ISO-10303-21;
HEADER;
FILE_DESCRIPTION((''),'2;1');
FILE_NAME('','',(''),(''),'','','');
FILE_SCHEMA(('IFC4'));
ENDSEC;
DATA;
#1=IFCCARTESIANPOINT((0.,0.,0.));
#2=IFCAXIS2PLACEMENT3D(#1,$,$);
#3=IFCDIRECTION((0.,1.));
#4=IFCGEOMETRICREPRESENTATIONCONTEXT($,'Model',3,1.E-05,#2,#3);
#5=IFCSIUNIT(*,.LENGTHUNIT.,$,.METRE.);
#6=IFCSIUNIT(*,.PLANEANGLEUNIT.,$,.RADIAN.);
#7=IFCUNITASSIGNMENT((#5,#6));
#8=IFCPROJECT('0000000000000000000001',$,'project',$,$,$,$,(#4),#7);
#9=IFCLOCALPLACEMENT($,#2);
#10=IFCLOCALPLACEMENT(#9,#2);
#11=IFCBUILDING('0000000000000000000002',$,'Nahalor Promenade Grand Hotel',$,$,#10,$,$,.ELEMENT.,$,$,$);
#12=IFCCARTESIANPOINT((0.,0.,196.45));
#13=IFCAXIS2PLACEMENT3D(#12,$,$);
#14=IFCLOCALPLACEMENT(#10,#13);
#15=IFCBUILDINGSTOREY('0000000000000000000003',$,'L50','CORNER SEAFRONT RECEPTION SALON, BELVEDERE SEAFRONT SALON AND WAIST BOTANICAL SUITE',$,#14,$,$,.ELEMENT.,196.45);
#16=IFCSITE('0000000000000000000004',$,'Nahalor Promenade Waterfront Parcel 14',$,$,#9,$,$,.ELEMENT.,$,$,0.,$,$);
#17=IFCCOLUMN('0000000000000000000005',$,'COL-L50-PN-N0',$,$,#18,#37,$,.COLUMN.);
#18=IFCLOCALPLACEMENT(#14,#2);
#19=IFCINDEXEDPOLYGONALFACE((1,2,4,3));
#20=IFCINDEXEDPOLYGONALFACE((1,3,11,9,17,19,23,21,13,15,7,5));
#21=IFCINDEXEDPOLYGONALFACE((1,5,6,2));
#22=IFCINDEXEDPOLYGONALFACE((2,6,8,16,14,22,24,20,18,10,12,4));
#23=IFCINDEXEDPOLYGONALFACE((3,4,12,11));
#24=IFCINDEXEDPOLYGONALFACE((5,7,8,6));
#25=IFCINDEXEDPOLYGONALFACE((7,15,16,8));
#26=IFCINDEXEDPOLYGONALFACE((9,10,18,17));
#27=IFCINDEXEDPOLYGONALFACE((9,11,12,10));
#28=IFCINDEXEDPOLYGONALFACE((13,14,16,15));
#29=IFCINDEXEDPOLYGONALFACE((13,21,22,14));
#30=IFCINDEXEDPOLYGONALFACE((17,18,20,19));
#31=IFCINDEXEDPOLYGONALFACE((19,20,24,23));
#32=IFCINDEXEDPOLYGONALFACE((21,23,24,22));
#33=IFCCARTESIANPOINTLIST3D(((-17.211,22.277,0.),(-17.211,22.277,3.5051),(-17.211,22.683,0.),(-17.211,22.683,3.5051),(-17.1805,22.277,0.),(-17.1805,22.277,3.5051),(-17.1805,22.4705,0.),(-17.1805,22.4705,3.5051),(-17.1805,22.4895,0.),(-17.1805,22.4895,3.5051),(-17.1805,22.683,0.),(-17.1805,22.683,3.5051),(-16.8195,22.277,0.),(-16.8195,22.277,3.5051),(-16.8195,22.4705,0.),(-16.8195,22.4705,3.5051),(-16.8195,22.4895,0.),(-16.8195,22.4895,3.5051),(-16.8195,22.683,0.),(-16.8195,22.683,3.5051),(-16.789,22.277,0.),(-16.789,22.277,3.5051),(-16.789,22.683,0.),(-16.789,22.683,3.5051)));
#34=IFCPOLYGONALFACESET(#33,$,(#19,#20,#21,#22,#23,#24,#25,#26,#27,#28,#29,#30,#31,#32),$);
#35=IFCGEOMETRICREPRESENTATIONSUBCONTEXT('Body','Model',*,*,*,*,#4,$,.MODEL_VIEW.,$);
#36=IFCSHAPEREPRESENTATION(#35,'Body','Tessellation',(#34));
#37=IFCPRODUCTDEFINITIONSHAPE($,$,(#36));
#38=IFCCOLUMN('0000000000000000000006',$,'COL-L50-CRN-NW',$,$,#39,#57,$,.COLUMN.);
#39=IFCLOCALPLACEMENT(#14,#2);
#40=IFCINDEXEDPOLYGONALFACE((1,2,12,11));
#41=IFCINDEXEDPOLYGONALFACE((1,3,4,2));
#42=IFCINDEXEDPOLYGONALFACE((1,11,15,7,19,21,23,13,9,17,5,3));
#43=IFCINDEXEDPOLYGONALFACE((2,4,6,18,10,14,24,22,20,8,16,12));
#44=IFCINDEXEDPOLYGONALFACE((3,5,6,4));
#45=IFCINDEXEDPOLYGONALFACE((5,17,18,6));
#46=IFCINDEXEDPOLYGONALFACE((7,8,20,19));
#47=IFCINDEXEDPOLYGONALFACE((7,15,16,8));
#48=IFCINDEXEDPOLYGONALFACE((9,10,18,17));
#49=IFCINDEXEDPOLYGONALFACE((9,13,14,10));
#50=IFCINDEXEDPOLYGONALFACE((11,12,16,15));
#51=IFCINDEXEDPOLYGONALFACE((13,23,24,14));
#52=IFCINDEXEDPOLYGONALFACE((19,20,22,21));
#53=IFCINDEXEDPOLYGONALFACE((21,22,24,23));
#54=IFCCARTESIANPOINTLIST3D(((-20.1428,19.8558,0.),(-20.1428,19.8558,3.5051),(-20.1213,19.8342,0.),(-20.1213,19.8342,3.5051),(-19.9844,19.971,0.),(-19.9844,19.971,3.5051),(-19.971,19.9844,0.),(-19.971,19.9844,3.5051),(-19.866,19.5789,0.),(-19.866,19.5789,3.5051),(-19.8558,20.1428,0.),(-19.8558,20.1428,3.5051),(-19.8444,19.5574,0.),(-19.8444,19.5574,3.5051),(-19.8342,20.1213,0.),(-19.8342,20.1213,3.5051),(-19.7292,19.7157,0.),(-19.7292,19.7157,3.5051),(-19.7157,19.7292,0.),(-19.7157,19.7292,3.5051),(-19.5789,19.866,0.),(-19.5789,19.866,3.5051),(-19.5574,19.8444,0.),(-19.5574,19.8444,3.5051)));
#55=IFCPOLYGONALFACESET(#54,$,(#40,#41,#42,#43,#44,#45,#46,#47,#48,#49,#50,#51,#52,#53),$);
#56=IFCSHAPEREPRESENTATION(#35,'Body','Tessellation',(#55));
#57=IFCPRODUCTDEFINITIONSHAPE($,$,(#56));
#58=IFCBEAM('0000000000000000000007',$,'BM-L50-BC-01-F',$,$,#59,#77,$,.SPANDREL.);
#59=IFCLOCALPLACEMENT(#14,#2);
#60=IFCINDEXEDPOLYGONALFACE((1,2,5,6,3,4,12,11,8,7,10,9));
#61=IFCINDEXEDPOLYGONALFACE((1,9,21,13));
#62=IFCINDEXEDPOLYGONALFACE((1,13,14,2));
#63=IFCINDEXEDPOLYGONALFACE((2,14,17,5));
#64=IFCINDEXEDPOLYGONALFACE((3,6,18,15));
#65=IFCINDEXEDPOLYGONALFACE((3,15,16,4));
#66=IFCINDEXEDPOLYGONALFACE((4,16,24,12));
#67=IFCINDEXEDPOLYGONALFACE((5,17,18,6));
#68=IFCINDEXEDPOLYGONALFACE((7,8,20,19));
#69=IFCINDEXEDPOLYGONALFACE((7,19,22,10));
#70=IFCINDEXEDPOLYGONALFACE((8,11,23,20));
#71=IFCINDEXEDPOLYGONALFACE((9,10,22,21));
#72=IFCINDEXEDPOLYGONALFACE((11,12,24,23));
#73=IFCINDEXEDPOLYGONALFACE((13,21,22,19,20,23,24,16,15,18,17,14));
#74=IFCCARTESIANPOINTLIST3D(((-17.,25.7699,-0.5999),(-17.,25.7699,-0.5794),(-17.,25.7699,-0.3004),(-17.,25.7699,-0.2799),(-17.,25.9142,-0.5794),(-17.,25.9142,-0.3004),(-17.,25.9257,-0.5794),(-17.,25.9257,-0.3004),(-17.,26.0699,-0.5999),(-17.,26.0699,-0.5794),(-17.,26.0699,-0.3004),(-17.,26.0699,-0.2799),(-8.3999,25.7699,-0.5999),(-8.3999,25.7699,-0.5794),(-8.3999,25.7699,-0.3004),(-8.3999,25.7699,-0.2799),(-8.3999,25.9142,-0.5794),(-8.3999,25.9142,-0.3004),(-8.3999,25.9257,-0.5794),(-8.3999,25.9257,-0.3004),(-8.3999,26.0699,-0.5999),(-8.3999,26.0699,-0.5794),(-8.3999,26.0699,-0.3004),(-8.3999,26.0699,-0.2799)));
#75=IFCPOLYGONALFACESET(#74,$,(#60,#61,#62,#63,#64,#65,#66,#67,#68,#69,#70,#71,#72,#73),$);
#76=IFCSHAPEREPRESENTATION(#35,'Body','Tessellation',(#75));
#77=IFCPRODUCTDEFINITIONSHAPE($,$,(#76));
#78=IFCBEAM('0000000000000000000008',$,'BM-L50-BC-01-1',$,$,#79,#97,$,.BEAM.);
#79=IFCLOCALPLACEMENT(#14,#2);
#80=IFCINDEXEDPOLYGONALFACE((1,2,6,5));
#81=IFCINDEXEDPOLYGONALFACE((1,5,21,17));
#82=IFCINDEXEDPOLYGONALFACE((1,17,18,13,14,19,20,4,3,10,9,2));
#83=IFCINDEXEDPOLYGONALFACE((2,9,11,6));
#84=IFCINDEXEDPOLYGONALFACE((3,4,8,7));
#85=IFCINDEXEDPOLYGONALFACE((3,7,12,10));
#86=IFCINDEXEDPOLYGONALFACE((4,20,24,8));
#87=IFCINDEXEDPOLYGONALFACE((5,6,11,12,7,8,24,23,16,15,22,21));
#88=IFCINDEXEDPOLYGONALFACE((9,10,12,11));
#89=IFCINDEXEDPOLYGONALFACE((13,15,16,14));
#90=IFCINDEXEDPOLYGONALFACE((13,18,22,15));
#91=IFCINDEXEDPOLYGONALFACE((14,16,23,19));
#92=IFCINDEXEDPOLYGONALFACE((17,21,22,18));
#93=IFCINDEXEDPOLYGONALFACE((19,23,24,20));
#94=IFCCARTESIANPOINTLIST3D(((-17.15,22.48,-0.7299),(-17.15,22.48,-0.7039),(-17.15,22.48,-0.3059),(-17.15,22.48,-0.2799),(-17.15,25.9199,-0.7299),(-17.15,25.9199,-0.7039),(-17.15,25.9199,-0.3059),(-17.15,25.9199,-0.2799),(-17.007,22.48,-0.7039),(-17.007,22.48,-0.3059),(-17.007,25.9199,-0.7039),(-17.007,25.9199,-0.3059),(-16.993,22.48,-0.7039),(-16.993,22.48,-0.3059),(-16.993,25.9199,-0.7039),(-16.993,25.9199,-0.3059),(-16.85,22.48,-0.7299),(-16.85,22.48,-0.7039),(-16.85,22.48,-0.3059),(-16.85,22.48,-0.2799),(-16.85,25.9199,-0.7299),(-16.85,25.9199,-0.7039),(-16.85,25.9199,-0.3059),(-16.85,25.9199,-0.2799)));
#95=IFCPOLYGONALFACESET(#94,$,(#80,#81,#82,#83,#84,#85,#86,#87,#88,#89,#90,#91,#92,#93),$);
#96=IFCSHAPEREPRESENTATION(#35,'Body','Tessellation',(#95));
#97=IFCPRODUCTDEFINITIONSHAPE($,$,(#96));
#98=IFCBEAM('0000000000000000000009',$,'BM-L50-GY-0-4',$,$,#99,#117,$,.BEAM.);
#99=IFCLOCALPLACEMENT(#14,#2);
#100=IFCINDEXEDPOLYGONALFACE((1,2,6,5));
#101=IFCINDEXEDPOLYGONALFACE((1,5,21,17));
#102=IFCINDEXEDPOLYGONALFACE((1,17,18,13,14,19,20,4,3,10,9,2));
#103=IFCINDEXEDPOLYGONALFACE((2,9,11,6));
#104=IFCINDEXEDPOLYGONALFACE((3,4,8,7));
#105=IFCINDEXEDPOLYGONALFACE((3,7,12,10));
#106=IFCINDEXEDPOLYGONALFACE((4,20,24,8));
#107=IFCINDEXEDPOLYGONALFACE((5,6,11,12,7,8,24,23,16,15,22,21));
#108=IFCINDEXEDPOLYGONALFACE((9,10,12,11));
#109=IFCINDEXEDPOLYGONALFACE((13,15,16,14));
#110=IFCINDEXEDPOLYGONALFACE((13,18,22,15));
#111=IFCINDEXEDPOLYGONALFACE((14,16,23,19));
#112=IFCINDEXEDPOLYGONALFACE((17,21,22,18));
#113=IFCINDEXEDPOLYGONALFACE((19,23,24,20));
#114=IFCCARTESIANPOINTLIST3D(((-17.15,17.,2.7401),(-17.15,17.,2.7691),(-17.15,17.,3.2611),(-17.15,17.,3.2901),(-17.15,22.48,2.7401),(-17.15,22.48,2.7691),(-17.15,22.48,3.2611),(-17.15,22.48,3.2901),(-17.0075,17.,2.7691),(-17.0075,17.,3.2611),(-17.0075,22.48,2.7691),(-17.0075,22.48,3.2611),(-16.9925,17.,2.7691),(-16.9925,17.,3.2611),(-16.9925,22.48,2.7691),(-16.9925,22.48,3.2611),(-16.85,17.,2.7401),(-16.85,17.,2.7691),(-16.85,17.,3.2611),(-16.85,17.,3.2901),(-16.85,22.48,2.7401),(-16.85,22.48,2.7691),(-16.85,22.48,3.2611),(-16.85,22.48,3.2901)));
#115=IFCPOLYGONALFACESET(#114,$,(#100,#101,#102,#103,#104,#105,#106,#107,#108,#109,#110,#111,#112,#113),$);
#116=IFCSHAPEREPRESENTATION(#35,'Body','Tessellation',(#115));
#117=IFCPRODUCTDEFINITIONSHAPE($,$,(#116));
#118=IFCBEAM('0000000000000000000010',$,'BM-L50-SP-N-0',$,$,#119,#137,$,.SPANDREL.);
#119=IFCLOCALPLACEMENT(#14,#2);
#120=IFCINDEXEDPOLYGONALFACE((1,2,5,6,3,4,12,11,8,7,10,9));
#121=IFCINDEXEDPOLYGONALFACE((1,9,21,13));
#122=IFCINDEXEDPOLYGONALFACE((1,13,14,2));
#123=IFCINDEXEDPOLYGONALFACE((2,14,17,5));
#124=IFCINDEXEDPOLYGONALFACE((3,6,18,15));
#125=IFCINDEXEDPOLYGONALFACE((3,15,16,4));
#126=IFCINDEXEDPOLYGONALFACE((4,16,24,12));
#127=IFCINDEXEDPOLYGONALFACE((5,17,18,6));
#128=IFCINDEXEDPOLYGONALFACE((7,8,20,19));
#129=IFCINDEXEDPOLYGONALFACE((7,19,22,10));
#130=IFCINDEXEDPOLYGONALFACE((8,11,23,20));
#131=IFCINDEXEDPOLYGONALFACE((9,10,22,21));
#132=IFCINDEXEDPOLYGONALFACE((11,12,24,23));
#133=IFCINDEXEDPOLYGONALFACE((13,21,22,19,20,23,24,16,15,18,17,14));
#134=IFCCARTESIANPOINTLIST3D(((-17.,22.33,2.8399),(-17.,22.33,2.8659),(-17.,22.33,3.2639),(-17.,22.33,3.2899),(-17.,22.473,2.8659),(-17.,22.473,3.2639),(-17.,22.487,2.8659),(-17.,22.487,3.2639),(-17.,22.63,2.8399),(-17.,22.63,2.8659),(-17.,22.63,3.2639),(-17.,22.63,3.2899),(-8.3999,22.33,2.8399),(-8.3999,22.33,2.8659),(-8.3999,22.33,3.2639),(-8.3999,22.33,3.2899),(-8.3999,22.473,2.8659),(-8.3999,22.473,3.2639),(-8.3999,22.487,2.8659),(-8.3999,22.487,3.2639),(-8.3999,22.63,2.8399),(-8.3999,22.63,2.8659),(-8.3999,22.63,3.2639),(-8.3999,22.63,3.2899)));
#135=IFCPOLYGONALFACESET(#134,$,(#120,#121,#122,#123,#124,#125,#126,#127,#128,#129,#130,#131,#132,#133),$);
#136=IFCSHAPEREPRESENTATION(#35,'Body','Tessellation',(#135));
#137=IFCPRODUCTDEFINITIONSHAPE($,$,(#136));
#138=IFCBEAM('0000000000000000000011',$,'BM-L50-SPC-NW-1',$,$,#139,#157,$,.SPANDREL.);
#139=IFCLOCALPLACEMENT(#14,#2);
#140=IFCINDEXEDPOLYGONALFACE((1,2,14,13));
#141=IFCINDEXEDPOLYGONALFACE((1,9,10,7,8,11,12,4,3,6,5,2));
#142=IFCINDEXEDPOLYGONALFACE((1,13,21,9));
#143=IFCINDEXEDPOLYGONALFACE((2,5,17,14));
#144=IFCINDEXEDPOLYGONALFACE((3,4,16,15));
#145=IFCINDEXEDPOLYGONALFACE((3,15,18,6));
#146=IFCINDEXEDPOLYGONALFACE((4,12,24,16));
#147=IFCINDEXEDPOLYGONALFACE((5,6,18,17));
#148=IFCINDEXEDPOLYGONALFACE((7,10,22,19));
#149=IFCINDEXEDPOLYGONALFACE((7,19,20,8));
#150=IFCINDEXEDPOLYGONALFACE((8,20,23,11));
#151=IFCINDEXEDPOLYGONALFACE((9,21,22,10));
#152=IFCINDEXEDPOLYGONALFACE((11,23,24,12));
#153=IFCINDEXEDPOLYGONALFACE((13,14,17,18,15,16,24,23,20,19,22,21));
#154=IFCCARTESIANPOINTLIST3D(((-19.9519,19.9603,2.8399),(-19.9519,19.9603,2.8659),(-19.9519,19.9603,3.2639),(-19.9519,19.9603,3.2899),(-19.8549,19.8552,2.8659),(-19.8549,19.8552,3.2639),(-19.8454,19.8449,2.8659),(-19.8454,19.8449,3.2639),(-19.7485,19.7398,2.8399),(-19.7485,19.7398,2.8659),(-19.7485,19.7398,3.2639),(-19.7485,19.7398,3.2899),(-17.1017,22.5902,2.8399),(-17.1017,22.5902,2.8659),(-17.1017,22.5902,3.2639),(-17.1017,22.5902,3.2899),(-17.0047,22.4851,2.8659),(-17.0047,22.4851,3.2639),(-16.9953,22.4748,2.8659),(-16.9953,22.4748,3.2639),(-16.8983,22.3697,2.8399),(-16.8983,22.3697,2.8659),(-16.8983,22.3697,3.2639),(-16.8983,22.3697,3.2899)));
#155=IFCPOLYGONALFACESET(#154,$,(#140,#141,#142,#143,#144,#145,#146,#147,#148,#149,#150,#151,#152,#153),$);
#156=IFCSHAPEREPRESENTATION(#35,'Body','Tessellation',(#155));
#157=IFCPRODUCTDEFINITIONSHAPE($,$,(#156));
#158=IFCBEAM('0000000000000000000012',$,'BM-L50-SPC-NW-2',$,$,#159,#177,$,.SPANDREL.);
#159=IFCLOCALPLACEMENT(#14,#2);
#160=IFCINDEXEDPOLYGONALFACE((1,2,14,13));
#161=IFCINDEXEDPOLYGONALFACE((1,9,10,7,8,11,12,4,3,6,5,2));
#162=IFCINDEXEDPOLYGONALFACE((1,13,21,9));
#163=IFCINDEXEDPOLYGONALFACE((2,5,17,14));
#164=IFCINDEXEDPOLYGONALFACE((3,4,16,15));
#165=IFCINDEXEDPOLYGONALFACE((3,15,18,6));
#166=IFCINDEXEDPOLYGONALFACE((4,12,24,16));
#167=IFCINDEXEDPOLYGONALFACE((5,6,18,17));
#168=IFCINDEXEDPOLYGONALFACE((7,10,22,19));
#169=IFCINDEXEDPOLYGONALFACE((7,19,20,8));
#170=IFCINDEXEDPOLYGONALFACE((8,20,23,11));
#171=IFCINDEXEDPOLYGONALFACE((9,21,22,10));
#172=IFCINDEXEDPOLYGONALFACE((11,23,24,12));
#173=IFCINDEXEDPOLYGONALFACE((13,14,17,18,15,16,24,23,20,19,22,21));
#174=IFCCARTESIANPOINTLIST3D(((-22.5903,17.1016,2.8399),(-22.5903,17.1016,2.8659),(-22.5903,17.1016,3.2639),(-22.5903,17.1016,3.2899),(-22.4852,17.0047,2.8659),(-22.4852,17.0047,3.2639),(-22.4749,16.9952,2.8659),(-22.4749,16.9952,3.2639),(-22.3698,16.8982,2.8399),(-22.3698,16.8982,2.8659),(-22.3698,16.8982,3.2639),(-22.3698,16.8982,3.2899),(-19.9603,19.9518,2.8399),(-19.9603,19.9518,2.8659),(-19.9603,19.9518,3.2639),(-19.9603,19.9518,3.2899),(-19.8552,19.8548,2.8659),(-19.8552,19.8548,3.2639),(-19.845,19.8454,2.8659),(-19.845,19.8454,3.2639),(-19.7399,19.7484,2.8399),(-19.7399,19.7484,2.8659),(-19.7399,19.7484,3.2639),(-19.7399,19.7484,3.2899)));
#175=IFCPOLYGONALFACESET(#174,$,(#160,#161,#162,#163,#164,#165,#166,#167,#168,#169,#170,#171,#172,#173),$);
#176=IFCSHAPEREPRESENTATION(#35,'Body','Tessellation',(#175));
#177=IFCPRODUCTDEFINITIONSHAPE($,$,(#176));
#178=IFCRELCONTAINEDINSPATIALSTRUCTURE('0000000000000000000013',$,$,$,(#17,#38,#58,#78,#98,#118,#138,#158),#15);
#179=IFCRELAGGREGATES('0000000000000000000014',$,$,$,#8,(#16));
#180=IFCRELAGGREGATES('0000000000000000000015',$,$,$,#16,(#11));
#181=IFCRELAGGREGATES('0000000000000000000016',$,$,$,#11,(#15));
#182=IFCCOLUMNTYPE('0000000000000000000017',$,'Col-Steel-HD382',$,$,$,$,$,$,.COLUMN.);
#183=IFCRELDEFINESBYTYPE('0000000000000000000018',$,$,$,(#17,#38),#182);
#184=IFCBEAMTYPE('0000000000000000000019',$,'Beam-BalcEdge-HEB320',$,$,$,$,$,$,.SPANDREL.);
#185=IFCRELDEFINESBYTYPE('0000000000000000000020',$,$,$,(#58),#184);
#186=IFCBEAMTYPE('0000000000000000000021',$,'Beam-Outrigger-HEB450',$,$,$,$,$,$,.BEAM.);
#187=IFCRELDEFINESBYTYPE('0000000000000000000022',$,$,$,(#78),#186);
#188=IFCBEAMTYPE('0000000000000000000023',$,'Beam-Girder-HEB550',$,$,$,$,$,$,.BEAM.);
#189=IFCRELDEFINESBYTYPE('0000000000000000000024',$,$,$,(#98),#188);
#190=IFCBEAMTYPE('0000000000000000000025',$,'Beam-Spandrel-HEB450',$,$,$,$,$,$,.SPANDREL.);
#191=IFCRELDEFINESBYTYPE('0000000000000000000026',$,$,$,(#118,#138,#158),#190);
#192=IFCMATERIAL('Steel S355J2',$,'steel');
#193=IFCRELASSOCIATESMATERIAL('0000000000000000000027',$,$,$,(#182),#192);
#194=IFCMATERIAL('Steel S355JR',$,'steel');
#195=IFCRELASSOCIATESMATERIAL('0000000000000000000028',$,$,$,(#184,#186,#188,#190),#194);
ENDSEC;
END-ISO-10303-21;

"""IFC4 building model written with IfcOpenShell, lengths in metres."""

from ifc_helpers import new_model, si_unit, direction, frame, origin, origin_2d, place, context, subcontext, project, spatial, i_section, extrude, source, transform, mapped, material, material_profile, profile_set, type_object, element, save


model = new_model("IFC4")

# Units and contexts
model_context = context("Model", 3, precision=1e-05, world=origin(), true_north=direction((0.0, 1.0)))
body_context = subcontext(model_context, "Body", "Model", "MODEL_VIEW")
ifc_project = project(units=[si_unit("LENGTHUNIT", "METRE"), si_unit("PLANEANGLEUNIT", "RADIAN")], contexts=[model_context])

# Site, building, storey
site_placement = place(None, origin())
site = spatial("IfcSite", under=ifc_project, at=site_placement, Name="Nahalor Promenade Waterfront Parcel 14", CompositionType="ELEMENT", RefElevation=0.0)
building_placement = place(site_placement, origin())
building = spatial("IfcBuilding", under=site, at=building_placement, Name="Nahalor Promenade Grand Hotel", CompositionType="ELEMENT")
storey_placement = place(building_placement, frame((0.0, 0.0, 196.45)))
storey = spatial("IfcBuildingStorey", under=building, at=storey_placement, Name="L50", Description="CORNER SEAFRONT RECEPTION SALON, BELVEDERE SEAFRONT SALON AND WAIST BOTANICAL SUITE", CompositionType="ELEMENT", Elevation=196.45)

# Columns
ifc_material_1 = material(Name="Steel S355J2", Category="steel")
ifc_material_profile_1 = material_profile(ifc_material_1, i_section(OverallWidth=0.406, OverallDepth=0.422, WebThickness=0.019, FlangeThickness=0.0305, at=origin_2d()), Name="HD 400x382")
ifc_profile_set_1 = profile_set([ifc_material_profile_1], Name="Steel S355J2")
column_type = type_object("IfcColumnType", Name="Col-Steel-HD382", PredefinedType="COLUMN", material=ifc_profile_set_1)
shared_shape_1 = source(origin(), body_context, "Body", "SweptSolid", [
    extrude(i_section(OverallWidth=0.406, OverallDepth=0.422, WebThickness=0.019, FlangeThickness=0.0305, at=origin_2d()), origin(), (0.0, 0.0, 1.0), 3.5051),
])
for number, where, z_axis, x_axis, name in (
    (1, (-17.0, 22.48, 0.0), (0.0, 0.0, 1.0), (0.0, 1.0, 0.0), "COL-L50-PN-N0"),
    (2, (-19.8501, 19.8501, 0.0), (0.0, 0.0, 1.0), (0.707107, 0.707107, 0.0), "COL-L50-CRN-NW"),
):
    element("IfcColumn", number, at=place(storey_placement, frame(where, z_axis=z_axis, x_axis=x_axis)), inside=storey, type_object=column_type, Name=name, PredefinedType="COLUMN", context=body_context, shape_type="MappedRepresentation", body=[
        mapped(shared_shape_1, transform((0.0, 0.0, 0.0), scale=1.0)),
    ])

# Beams
ifc_material_2 = material(Name="Steel S355JR", Category="steel")
ifc_material_profile_2 = material_profile(ifc_material_2, i_section(OverallWidth=0.3, OverallDepth=0.32, WebThickness=0.0115, FlangeThickness=0.0205, at=origin_2d()), Name="HEB 320")
ifc_profile_set_2 = profile_set([ifc_material_profile_2], Name="Steel S355JR")
beam_type_1 = type_object("IfcBeamType", Name="Beam-BalcEdge-HEB320", PredefinedType="SPANDREL", material=ifc_profile_set_2)
shared_shape_2 = source(origin(), body_context, "Body", "SweptSolid", [
    extrude(i_section(OverallWidth=0.3, OverallDepth=0.32, WebThickness=0.0115, FlangeThickness=0.0205, at=origin_2d()), origin(), (0.0, 0.0, 1.0), 8.6001),
])
beam_1_placement = place(storey_placement, frame((-17.0, 25.9199, -0.4399), z_axis=(1.0, 0.0, 0.0), x_axis=(0.0, 1.0, 0.0)))
element("IfcBeam", 3, at=beam_1_placement, inside=storey, type_object=beam_type_1, Name="BM-L50-BC-01-F", PredefinedType="SPANDREL", context=body_context, shape_type="MappedRepresentation", body=[
    mapped(shared_shape_2, transform((0.0, 0.0, 0.0), scale=1.0)),
])
ifc_material_profile_3 = material_profile(ifc_material_2, i_section(OverallWidth=0.3, OverallDepth=0.45, WebThickness=0.014, FlangeThickness=0.026, at=origin_2d()), Name="HEB 450")
ifc_profile_set_3 = profile_set([ifc_material_profile_3], Name="Steel S355JR")
beam_type_2 = type_object("IfcBeamType", Name="Beam-Outrigger-HEB450", PredefinedType="BEAM", material=ifc_profile_set_3)
shared_shape_3 = source(origin(), body_context, "Body", "SweptSolid", [
    extrude(i_section(OverallWidth=0.3, OverallDepth=0.45, WebThickness=0.014, FlangeThickness=0.026, at=origin_2d()), origin(), (0.0, 0.0, 1.0), 3.4399),
])
beam_2_placement = place(storey_placement, frame((-17.0, 22.48, -0.5049), z_axis=(0.0, 1.0, 0.0), x_axis=(-1.0, 0.0, 0.0)))
element("IfcBeam", 4, at=beam_2_placement, inside=storey, type_object=beam_type_2, Name="BM-L50-BC-01-1", PredefinedType="BEAM", context=body_context, shape_type="MappedRepresentation", body=[
    mapped(shared_shape_3, transform((0.0, 0.0, 0.0), scale=1.0)),
])
ifc_material_profile_4 = material_profile(ifc_material_2, i_section(OverallWidth=0.3, OverallDepth=0.55, WebThickness=0.015, FlangeThickness=0.029, at=origin_2d()), Name="HEB 550")
ifc_profile_set_4 = profile_set([ifc_material_profile_4], Name="Steel S355JR")
beam_type_3 = type_object("IfcBeamType", Name="Beam-Girder-HEB550", PredefinedType="BEAM", material=ifc_profile_set_4)
shared_shape_4 = source(origin(), body_context, "Body", "SweptSolid", [
    extrude(i_section(OverallWidth=0.3, OverallDepth=0.55, WebThickness=0.015, FlangeThickness=0.029, at=origin_2d()), origin(), (0.0, 0.0, 1.0), 5.48),
])
beam_3_placement = place(storey_placement, frame((-17.0, 17.0, 3.0151), z_axis=(0.0, 1.0, 0.0), x_axis=(-1.0, 0.0, 0.0)))
element("IfcBeam", 5, at=beam_3_placement, inside=storey, type_object=beam_type_3, Name="BM-L50-GY-0-4", PredefinedType="BEAM", context=body_context, shape_type="MappedRepresentation", body=[
    mapped(shared_shape_4, transform((0.0, 0.0, 0.0), scale=1.0)),
])
ifc_material_profile_5 = material_profile(ifc_material_2, i_section(OverallWidth=0.3, OverallDepth=0.45, WebThickness=0.014, FlangeThickness=0.026, at=origin_2d()), Name="HEB 450")
ifc_profile_set_5 = profile_set([ifc_material_profile_5], Name="Steel S355JR")
beam_type_4 = type_object("IfcBeamType", Name="Beam-Spandrel-HEB450", PredefinedType="SPANDREL", material=ifc_profile_set_5)
shared_shape_5 = source(origin(), body_context, "Body", "SweptSolid", [
    extrude(i_section(OverallWidth=0.3, OverallDepth=0.45, WebThickness=0.014, FlangeThickness=0.026, at=origin_2d()), origin(), (0.0, 0.0, 1.0), 8.6001),
])
beam_4_placement = place(storey_placement, frame((-17.0, 22.48, 3.0649), z_axis=(1.0, 0.0, 0.0), x_axis=(0.0, 1.0, 0.0)))
element("IfcBeam", 6, at=beam_4_placement, inside=storey, type_object=beam_type_4, Name="BM-L50-SP-N-0", PredefinedType="SPANDREL", context=body_context, shape_type="MappedRepresentation", body=[
    mapped(shared_shape_5, transform((0.0, 0.0, 0.0), scale=1.0)),
])
shared_shape_6 = source(origin(), body_context, "Body", "SweptSolid", [
    extrude(i_section(OverallWidth=0.3, OverallDepth=0.45, WebThickness=0.014, FlangeThickness=0.026, at=origin_2d()), origin(), (0.0, 0.0, 1.0), 3.8782),
])
for number, where, z_axis, x_axis, name in (
    (7, (-17.0, 22.48, 3.0649), (-0.734929, -0.678144, 0.0), (0.678144, -0.734929, 0.0), "BM-L50-SPC-NW-1"),
    (8, (-19.8501, 19.8501, 3.0649), (-0.678144, -0.734929, 0.0), (0.734929, -0.678144, 0.0), "BM-L50-SPC-NW-2"),
):
    element("IfcBeam", number, at=place(storey_placement, frame(where, z_axis=z_axis, x_axis=x_axis)), inside=storey, type_object=beam_type_4, Name=name, PredefinedType="SPANDREL", context=body_context, shape_type="MappedRepresentation", body=[
        mapped(shared_shape_6, transform((0.0, 0.0, 0.0), scale=1.0)),
    ])

save(model, "model.ifc")
